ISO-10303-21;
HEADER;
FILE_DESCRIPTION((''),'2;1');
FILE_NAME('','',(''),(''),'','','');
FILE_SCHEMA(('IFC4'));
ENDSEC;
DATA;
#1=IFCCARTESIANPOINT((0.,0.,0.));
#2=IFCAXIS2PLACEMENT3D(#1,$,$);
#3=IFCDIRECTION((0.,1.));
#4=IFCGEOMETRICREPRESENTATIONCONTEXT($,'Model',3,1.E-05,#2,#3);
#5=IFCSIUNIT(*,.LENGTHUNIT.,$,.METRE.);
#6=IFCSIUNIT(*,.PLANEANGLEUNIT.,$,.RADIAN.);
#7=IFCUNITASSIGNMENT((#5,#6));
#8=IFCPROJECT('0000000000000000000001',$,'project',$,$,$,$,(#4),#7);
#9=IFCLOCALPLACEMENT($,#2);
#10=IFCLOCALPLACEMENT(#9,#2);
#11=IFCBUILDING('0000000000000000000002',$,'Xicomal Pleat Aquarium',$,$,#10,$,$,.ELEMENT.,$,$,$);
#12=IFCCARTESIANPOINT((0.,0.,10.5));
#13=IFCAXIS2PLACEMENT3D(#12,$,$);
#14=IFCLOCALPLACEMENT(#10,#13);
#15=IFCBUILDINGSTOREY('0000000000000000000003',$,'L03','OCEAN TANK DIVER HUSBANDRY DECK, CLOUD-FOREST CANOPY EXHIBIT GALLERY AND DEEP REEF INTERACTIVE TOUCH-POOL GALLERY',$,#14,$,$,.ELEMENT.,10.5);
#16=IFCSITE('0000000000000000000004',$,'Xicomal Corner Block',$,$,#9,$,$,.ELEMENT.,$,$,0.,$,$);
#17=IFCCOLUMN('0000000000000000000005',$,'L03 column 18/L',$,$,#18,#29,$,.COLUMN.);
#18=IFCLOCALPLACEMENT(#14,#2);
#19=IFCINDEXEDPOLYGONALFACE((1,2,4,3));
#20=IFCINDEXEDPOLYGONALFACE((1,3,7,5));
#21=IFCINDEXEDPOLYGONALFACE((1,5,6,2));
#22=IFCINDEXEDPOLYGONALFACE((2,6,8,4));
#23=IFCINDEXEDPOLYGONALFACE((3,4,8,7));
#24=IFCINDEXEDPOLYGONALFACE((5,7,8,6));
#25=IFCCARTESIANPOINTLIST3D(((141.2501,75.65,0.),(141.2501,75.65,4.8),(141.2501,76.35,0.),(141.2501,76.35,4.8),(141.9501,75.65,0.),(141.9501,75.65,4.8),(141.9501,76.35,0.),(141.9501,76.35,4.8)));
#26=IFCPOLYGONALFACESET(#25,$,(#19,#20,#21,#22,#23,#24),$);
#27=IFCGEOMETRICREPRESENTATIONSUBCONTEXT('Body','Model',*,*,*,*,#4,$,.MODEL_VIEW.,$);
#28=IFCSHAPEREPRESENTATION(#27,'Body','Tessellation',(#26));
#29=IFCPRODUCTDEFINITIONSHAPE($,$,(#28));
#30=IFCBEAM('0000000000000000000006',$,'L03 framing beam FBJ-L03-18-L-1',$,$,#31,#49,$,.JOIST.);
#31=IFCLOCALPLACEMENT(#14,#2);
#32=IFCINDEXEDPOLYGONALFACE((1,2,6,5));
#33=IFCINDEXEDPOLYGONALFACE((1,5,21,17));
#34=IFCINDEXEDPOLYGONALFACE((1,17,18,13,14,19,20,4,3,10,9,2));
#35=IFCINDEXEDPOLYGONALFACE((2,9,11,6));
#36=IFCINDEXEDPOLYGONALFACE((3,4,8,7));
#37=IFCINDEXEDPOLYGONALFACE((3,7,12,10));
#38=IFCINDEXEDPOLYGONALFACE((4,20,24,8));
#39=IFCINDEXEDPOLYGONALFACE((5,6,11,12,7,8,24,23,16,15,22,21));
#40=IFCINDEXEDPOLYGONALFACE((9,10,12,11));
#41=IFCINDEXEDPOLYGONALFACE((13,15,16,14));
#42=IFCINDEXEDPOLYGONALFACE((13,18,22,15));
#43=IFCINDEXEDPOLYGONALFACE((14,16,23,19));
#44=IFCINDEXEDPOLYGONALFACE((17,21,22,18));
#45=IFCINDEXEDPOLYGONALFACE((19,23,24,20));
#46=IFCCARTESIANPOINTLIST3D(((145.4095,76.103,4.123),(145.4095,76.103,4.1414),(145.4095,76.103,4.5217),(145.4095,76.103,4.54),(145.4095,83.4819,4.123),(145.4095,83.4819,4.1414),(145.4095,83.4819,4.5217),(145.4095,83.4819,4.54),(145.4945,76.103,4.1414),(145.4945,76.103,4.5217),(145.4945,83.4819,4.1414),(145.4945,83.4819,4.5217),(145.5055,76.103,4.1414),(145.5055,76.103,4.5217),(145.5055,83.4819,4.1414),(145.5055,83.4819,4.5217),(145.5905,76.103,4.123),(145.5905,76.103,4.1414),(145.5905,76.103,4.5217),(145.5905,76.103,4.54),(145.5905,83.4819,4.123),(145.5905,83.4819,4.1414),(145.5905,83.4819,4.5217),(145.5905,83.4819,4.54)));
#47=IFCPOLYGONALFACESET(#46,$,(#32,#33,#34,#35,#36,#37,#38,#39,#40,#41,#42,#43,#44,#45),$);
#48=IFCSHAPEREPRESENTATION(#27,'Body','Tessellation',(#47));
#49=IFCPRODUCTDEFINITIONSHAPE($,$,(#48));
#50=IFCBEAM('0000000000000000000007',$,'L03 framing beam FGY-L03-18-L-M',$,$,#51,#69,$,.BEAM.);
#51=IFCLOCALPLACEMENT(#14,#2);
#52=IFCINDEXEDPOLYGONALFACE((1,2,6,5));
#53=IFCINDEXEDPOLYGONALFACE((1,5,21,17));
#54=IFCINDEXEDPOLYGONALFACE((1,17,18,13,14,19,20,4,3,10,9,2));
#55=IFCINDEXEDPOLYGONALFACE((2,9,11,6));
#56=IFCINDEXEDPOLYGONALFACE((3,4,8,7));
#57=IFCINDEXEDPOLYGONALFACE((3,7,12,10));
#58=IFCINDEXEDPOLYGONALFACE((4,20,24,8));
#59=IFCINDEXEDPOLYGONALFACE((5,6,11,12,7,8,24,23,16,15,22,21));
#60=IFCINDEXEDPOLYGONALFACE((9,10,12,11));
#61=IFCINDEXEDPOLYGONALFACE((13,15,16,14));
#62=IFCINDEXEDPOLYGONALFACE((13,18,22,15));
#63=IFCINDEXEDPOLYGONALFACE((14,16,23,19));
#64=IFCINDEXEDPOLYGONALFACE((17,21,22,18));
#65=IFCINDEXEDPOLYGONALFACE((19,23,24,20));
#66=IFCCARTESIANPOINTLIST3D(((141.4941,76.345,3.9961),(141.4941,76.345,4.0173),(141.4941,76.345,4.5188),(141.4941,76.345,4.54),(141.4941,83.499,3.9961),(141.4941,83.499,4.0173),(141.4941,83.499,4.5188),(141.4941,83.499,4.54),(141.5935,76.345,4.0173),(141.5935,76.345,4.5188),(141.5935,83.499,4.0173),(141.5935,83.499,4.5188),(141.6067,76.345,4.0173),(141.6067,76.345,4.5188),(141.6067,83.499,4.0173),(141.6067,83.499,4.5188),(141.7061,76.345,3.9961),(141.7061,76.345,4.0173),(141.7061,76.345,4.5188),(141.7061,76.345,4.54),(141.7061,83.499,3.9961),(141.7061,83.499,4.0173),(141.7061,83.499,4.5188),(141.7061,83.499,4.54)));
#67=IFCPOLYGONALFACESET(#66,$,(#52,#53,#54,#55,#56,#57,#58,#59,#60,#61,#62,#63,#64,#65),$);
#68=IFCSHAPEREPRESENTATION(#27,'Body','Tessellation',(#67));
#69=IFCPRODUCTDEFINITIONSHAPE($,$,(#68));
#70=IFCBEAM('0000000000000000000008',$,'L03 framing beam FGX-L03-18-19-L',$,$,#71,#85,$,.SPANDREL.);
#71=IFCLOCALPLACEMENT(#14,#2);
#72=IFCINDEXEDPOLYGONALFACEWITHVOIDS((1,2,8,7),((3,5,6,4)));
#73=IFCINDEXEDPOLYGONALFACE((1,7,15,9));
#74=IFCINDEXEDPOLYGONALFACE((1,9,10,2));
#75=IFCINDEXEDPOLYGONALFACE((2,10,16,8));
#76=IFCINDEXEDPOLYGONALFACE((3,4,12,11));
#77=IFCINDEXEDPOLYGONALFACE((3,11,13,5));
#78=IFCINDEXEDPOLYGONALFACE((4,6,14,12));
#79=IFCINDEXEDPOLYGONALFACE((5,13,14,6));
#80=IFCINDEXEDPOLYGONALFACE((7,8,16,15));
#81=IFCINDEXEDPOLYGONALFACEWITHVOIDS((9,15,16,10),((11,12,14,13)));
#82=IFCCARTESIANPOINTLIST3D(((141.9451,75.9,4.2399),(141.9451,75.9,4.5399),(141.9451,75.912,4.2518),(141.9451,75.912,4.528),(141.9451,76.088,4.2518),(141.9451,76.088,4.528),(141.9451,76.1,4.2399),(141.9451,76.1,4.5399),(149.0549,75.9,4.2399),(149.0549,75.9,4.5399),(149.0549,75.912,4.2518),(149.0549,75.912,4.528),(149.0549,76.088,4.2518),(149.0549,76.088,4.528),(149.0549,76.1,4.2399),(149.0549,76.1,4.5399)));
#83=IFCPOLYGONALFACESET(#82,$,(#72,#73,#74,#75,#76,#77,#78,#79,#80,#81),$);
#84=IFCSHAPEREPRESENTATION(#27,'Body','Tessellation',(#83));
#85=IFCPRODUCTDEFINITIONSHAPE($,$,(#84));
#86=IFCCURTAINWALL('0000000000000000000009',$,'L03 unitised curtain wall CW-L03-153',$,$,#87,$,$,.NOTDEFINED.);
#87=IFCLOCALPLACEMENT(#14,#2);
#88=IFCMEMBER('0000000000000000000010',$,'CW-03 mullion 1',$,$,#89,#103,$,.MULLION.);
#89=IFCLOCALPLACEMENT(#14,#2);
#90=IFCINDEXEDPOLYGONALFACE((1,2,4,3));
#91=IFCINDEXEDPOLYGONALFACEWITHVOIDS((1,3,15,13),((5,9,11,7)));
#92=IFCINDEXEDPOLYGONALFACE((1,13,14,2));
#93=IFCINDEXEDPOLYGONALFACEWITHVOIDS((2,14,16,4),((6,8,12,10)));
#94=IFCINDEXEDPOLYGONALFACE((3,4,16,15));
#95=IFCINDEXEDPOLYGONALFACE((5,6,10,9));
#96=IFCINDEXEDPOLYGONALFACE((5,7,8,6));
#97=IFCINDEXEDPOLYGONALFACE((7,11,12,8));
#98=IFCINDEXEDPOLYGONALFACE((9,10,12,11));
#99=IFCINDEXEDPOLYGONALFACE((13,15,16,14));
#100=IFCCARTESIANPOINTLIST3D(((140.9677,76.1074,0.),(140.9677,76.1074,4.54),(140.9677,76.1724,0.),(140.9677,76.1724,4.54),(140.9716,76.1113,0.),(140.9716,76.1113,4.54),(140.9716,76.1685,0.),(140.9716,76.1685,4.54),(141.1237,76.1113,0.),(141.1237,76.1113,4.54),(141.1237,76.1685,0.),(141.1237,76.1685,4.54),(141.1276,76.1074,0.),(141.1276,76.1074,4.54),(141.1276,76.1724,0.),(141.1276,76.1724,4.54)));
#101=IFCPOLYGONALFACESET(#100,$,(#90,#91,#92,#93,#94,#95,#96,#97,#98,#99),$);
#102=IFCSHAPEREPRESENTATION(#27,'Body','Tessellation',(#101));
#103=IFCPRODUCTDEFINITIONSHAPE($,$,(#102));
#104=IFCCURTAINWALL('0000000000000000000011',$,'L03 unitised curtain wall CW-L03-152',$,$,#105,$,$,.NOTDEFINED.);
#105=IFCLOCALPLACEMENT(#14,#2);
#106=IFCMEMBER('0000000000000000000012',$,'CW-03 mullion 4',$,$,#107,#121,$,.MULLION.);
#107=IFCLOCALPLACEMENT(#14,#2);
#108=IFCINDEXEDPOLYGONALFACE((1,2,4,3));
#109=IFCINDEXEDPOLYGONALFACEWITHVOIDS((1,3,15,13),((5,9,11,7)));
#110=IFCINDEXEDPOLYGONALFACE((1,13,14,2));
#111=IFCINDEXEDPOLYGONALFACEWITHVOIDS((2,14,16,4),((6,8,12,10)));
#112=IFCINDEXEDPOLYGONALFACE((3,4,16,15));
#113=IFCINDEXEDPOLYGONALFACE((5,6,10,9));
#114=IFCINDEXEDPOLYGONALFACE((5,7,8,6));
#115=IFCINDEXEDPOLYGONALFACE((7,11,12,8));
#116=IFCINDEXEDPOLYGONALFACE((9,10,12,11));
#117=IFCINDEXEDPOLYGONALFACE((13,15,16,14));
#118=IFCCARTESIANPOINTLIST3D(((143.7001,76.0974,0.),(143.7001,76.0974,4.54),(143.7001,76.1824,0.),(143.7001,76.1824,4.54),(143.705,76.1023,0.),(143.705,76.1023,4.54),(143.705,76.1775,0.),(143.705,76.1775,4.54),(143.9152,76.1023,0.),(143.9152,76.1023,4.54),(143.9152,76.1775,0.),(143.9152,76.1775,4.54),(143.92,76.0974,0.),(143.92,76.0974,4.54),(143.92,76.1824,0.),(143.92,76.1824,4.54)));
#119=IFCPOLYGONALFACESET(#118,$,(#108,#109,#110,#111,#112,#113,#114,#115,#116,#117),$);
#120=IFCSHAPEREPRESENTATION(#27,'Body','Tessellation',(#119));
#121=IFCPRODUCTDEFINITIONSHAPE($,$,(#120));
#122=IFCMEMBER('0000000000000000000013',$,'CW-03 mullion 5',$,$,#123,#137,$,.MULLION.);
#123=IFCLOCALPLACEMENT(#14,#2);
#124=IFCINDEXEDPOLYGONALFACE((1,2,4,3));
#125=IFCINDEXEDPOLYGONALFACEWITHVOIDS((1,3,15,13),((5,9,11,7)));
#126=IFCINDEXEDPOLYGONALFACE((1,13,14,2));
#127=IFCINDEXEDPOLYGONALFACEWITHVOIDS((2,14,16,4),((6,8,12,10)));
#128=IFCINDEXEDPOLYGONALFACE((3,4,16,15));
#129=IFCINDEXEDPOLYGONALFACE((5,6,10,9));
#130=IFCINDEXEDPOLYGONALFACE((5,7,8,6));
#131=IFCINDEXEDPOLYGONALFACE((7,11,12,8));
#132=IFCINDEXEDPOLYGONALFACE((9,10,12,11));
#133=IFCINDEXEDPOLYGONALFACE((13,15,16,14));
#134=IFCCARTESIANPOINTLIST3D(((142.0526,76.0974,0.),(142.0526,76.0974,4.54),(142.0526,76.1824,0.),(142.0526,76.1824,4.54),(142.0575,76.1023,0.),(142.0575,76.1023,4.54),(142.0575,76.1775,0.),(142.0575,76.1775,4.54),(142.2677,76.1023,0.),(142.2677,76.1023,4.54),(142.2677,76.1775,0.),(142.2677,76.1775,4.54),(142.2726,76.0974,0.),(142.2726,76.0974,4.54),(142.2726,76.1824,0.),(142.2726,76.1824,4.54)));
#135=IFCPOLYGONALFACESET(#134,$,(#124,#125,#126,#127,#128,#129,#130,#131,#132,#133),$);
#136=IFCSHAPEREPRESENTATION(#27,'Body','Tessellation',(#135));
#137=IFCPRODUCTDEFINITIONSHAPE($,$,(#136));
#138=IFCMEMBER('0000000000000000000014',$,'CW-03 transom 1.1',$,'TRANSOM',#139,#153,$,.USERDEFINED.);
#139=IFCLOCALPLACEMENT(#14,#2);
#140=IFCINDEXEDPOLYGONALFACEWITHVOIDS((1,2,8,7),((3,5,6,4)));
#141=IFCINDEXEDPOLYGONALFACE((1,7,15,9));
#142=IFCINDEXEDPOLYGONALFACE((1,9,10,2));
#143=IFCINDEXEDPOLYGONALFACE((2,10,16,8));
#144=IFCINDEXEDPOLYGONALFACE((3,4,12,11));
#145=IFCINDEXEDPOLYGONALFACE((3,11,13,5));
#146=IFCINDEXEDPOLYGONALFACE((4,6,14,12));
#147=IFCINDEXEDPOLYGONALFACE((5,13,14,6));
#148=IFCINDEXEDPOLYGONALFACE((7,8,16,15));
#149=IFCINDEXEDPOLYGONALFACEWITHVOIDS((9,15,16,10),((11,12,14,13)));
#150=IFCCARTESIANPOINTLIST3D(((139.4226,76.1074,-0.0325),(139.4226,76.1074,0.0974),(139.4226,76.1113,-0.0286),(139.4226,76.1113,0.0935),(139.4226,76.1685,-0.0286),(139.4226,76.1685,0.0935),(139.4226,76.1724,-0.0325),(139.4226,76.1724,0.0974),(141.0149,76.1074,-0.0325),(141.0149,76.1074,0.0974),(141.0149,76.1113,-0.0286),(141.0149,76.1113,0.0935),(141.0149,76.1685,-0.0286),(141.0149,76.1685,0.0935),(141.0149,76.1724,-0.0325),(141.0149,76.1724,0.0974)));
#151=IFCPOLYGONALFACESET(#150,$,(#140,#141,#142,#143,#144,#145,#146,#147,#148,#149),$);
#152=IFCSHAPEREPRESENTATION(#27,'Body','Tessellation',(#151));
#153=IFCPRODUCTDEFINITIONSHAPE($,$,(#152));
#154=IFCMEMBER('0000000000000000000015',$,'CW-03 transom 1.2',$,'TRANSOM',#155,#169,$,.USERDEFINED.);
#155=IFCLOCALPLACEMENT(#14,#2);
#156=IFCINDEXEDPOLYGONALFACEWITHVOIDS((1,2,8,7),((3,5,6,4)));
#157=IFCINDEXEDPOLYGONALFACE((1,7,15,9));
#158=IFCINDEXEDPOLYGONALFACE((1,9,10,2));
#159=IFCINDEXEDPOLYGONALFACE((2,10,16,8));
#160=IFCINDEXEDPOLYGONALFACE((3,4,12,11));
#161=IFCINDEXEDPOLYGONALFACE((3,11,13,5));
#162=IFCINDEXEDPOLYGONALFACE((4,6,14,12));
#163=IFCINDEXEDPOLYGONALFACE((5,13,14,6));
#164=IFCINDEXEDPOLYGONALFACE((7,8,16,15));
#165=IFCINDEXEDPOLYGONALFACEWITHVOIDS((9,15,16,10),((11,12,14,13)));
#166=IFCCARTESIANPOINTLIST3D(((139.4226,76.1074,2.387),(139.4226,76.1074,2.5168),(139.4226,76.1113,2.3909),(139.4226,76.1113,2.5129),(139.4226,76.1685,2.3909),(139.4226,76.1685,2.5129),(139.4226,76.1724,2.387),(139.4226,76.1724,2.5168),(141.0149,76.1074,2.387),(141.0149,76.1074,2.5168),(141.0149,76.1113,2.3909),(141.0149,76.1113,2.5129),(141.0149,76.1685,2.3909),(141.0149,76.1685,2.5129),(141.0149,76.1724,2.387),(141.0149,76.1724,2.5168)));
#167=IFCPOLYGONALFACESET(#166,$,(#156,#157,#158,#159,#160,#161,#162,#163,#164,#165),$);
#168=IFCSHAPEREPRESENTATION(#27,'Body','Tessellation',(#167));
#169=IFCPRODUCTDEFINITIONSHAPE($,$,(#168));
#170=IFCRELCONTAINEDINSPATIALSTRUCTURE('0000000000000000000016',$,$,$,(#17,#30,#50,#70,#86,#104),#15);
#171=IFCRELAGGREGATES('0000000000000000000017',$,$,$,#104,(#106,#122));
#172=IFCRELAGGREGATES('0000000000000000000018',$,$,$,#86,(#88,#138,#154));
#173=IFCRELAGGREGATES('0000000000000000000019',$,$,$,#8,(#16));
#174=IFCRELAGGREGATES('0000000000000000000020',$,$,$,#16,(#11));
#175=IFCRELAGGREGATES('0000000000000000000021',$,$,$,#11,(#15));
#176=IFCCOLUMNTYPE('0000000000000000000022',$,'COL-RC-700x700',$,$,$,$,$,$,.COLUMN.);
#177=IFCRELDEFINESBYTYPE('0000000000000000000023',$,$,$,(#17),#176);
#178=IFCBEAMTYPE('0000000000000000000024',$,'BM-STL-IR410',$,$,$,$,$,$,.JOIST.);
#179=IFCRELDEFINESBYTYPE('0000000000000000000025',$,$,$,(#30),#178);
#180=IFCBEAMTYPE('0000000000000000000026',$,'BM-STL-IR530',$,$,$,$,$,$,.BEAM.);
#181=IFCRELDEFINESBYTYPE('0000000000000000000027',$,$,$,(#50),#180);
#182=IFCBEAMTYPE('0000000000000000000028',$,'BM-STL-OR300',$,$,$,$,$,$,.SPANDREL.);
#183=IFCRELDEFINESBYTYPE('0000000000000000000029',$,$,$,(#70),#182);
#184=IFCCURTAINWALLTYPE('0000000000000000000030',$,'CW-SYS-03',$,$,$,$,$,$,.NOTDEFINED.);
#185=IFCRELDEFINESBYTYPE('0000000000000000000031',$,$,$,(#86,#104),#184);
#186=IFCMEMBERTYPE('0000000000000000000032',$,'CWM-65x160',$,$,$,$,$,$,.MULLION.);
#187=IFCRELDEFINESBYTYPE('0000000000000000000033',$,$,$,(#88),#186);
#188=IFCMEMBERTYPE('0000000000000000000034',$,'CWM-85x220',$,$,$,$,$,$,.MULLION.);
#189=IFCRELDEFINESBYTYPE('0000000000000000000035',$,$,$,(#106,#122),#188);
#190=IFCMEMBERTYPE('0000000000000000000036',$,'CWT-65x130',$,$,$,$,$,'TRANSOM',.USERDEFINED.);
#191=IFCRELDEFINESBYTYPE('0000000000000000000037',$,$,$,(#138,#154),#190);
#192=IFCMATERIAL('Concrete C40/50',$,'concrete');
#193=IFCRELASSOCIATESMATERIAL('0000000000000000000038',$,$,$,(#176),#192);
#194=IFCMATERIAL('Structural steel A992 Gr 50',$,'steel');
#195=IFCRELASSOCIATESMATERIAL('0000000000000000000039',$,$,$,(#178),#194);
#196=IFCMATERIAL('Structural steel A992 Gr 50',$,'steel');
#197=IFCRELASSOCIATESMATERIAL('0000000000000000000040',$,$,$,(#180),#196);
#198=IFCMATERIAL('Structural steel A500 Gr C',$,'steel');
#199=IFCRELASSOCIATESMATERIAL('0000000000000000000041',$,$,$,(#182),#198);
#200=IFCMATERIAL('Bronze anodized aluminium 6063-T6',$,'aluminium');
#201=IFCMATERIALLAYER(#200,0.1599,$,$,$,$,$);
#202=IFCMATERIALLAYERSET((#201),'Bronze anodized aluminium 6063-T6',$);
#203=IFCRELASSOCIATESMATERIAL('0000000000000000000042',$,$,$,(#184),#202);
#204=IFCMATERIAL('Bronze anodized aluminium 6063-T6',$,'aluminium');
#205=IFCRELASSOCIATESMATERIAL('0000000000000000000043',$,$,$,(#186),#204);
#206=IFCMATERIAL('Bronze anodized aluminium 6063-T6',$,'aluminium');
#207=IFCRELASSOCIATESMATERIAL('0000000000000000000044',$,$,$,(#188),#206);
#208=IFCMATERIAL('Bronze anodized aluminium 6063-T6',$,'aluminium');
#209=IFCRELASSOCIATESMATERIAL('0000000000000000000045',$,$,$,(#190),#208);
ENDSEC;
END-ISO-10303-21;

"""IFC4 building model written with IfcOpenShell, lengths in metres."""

from ifc_helpers import new_model, si_unit, direction, frame, origin, origin_2d, place, context, subcontext, project, spatial, rectangle, hollow_rectangle, i_section, extrude, material, layer, layer_set, material_profile, profile_set, type_object, element, aggregate, save


model = new_model("IFC4")

# Units and contexts
model_context = context("Model", 3, precision=1e-05, world=origin(), true_north=direction((0.0, 1.0)))
body_context = subcontext(model_context, "Body", "Model", "MODEL_VIEW")
ifc_project = project(units=[si_unit("LENGTHUNIT", "METRE"), si_unit("PLANEANGLEUNIT", "RADIAN")], contexts=[model_context])

# Site, building, storey
site_placement = place(None, origin())
site = spatial("IfcSite", under=ifc_project, at=site_placement, Name="Xicomal Corner Block", CompositionType="ELEMENT", RefElevation=0.0)
building_placement = place(site_placement, origin())
building = spatial("IfcBuilding", under=site, at=building_placement, Name="Xicomal Pleat Aquarium", CompositionType="ELEMENT")
storey_placement = place(building_placement, frame((0.0, 0.0, 10.5)))
storey = spatial("IfcBuildingStorey", under=building, at=storey_placement, Name="L03", Description="OCEAN TANK DIVER HUSBANDRY DECK, CLOUD-FOREST CANOPY EXHIBIT GALLERY AND DEEP REEF INTERACTIVE TOUCH-POOL GALLERY", CompositionType="ELEMENT", Elevation=10.5)

# Column
ifc_material_1 = material(Name="Concrete C40/50", Category="concrete")
ifc_material_profile_1 = material_profile(ifc_material_1, rectangle(XDim=0.7, YDim=0.7, at=origin_2d()), Name="RC 700x700")
ifc_profile_set_1 = profile_set([ifc_material_profile_1], Name="Concrete C40/50")
column_type = type_object("IfcColumnType", Name="COL-RC-700x700", PredefinedType="COLUMN", material=ifc_profile_set_1)
column_placement = place(storey_placement, frame((141.6001, 76.0, 0.0), z_axis=(0.0, 0.0, 1.0), x_axis=(1.0, 0.0, 0.0)))
element("IfcColumn", 1, at=column_placement, inside=storey, type_object=column_type, Name="L03 column 18/L", PredefinedType="COLUMN", context=body_context, shape_type="SweptSolid", body=[
    extrude(rectangle(XDim=0.7, YDim=0.7, at=origin_2d()), origin(), (0.0, 0.0, 1.0), 4.8),
])

# Beams
ifc_material_2 = material(Name="Structural steel A992 Gr 50", Category="steel")
ifc_material_profile_2 = material_profile(ifc_material_2, i_section(OverallWidth=0.1809, OverallDepth=0.417, WebThickness=0.011, FlangeThickness=0.0183, at=origin_2d()), Name="IR 410x85")
ifc_profile_set_2 = profile_set([ifc_material_profile_2], Name="Structural steel A992 Gr 50")
beam_type_1 = type_object("IfcBeamType", Name="BM-STL-IR410", PredefinedType="JOIST", material=ifc_profile_set_2)
beam_1_placement = place(storey_placement, frame((145.5, 76.103, 4.3315), z_axis=(0.0, 1.0, 0.0), x_axis=(-1.0, 0.0, 0.0)))
element("IfcBeam", 2, at=beam_1_placement, inside=storey, type_object=beam_type_1, Name="L03 framing beam FBJ-L03-18-L-1", PredefinedType="JOIST", context=body_context, shape_type="SweptSolid", body=[
    extrude(i_section(OverallWidth=0.1809, OverallDepth=0.417, WebThickness=0.011, FlangeThickness=0.0183, at=origin_2d()), origin(), (0.0, 0.0, 1.0), 7.3789),
])
ifc_material_3 = material(Name="Structural steel A992 Gr 50", Category="steel")
ifc_material_profile_3 = material_profile(ifc_material_3, i_section(OverallWidth=0.2119, OverallDepth=0.5439, WebThickness=0.0132, FlangeThickness=0.0212, at=origin_2d()), Name="IR 530x123")
ifc_profile_set_3 = profile_set([ifc_material_profile_3], Name="Structural steel A992 Gr 50")
beam_type_2 = type_object("IfcBeamType", Name="BM-STL-IR530", PredefinedType="BEAM", material=ifc_profile_set_3)
beam_2_placement = place(storey_placement, frame((141.6001, 76.345, 4.2681), z_axis=(0.0, 1.0, 0.0), x_axis=(-1.0, 0.0, 0.0)))
element("IfcBeam", 3, at=beam_2_placement, inside=storey, type_object=beam_type_2, Name="L03 framing beam FGY-L03-18-L-M", PredefinedType="BEAM", context=body_context, shape_type="SweptSolid", body=[
    extrude(i_section(OverallWidth=0.2119, OverallDepth=0.5439, WebThickness=0.0132, FlangeThickness=0.0212, at=origin_2d()), origin(), (0.0, 0.0, 1.0), 7.1541),
])
ifc_material_4 = material(Name="Structural steel A500 Gr C", Category="steel")
ifc_material_profile_4 = material_profile(ifc_material_4, hollow_rectangle(XDim=0.2, YDim=0.3, WallThickness=0.012, at=origin_2d()), Name="OR 300x200x12")
ifc_profile_set_4 = profile_set([ifc_material_profile_4], Name="Structural steel A500 Gr C")
beam_type_3 = type_object("IfcBeamType", Name="BM-STL-OR300", PredefinedType="SPANDREL", material=ifc_profile_set_4)
beam_3_placement = place(storey_placement, frame((141.9451, 76.0, 4.3899), z_axis=(1.0, 0.0, 0.0), x_axis=(0.0, 1.0, 0.0)))
element("IfcBeam", 4, at=beam_3_placement, inside=storey, type_object=beam_type_3, Name="L03 framing beam FGX-L03-18-19-L", PredefinedType="SPANDREL", context=body_context, shape_type="SweptSolid", body=[
    extrude(hollow_rectangle(XDim=0.2, YDim=0.3, WallThickness=0.012, at=origin_2d()), origin(), (0.0, 0.0, 1.0), 7.1099),
])

# Curtain wall, member
ifc_material_5 = material(Name="Bronze anodized aluminium 6063-T6", Category="aluminium")
ifc_layer_1 = layer(ifc_material_5, 0.1599)
ifc_layer_set_1 = layer_set([ifc_layer_1], Name="Bronze anodized aluminium 6063-T6")
curtain_wall_type = type_object("IfcCurtainWallType", Name="CW-SYS-03", PredefinedType="NOTDEFINED", material=ifc_layer_set_1)
curtain_wall_1_placement = place(storey_placement, origin())
curtain_wall_1 = element("IfcCurtainWall", 5, at=curtain_wall_1_placement, inside=storey, type_object=curtain_wall_type, Name="L03 unitised curtain wall CW-L03-153", PredefinedType="NOTDEFINED")
ifc_material_6 = material(Name="Bronze anodized aluminium 6063-T6", Category="aluminium")
ifc_material_profile_5 = material_profile(ifc_material_6, hollow_rectangle(XDim=0.0649, YDim=0.1599, WallThickness=0.0039, at=origin_2d()), Name="ALU MULL 65x160")
ifc_profile_set_5 = profile_set([ifc_material_profile_5], Name="Bronze anodized aluminium 6063-T6")
member_type_1 = type_object("IfcMemberType", Name="CWM-65x160", PredefinedType="MULLION", material=ifc_profile_set_5)
member_1_placement = place(storey_placement, frame((141.0476, 76.1399, 0.0), z_axis=(0.0, 0.0, 1.0), x_axis=(0.0, -1.0, 0.0)))
member_1 = element("IfcMember", 6, at=member_1_placement, type_object=member_type_1, Name="CW-03 mullion 1", PredefinedType="MULLION", context=body_context, shape_type="SweptSolid", body=[
    extrude(hollow_rectangle(XDim=0.0649, YDim=0.1599, WallThickness=0.0039, at=origin_2d()), origin(), (0.0, 0.0, 1.0), 4.54),
])

# Curtain wall, members
curtain_wall_2_placement = place(storey_placement, origin())
curtain_wall_2 = element("IfcCurtainWall", 7, at=curtain_wall_2_placement, inside=storey, type_object=curtain_wall_type, Name="L03 unitised curtain wall CW-L03-152", PredefinedType="NOTDEFINED")
ifc_material_7 = material(Name="Bronze anodized aluminium 6063-T6", Category="aluminium")
ifc_material_profile_6 = material_profile(ifc_material_7, hollow_rectangle(XDim=0.085, YDim=0.22, WallThickness=0.0049, at=origin_2d()), Name="ALU MULL 85x220")
ifc_profile_set_6 = profile_set([ifc_material_profile_6], Name="Bronze anodized aluminium 6063-T6")
member_type_2 = type_object("IfcMemberType", Name="CWM-85x220", PredefinedType="MULLION", material=ifc_profile_set_6)
member_2_placement = place(storey_placement, frame((143.8101, 76.1399, 0.0), z_axis=(0.0, 0.0, 1.0), x_axis=(0.0, -1.0, 0.0)))
member_2 = element("IfcMember", 8, at=member_2_placement, type_object=member_type_2, Name="CW-03 mullion 4", PredefinedType="MULLION", context=body_context, shape_type="SweptSolid", body=[
    extrude(hollow_rectangle(XDim=0.085, YDim=0.22, WallThickness=0.0049, at=origin_2d()), origin(), (0.0, 0.0, 1.0), 4.54),
])
member_3_placement = place(storey_placement, frame((142.1626, 76.1399, 0.0), z_axis=(0.0, 0.0, 1.0), x_axis=(0.0, -1.0, 0.0)))
member_3 = element("IfcMember", 9, at=member_3_placement, type_object=member_type_2, Name="CW-03 mullion 5", PredefinedType="MULLION", context=body_context, shape_type="SweptSolid", body=[
    extrude(hollow_rectangle(XDim=0.085, YDim=0.22, WallThickness=0.0049, at=origin_2d()), origin(), (0.0, 0.0, 1.0), 4.54),
])

# Members
ifc_material_8 = material(Name="Bronze anodized aluminium 6063-T6", Category="aluminium")
ifc_material_profile_7 = material_profile(ifc_material_8, hollow_rectangle(XDim=0.0649, YDim=0.1299, WallThickness=0.0039, at=origin_2d()), Name="ALU TRAN 65x130")
ifc_profile_set_7 = profile_set([ifc_material_profile_7], Name="Bronze anodized aluminium 6063-T6")
member_type_3 = type_object("IfcMemberType", Name="CWT-65x130", ElementType="TRANSOM", PredefinedType="USERDEFINED", material=ifc_profile_set_7)
member_4_placement = place(storey_placement, frame((141.0149, 76.1399, 0.0325), z_axis=(-1.0, 0.0, 0.0), x_axis=(0.0, -1.0, 0.0)))
member_4 = element("IfcMember", 10, at=member_4_placement, type_object=member_type_3, Name="CW-03 transom 1.1", ObjectType="TRANSOM", PredefinedType="USERDEFINED", context=body_context, shape_type="SweptSolid", body=[
    extrude(hollow_rectangle(XDim=0.0649, YDim=0.1299, WallThickness=0.0039, at=origin_2d()), origin(), (0.0, 0.0, 1.0), 1.5923),
])
member_5_placement = place(storey_placement, frame((141.0149, 76.1399, 2.4519), z_axis=(-1.0, 0.0, 0.0), x_axis=(0.0, -1.0, 0.0)))
member_5 = element("IfcMember", 11, at=member_5_placement, type_object=member_type_3, Name="CW-03 transom 1.2", ObjectType="TRANSOM", PredefinedType="USERDEFINED", context=body_context, shape_type="SweptSolid", body=[
    extrude(hollow_rectangle(XDim=0.0649, YDim=0.1299, WallThickness=0.0039, at=origin_2d()), origin(), (0.0, 0.0, 1.0), 1.5923),
])

aggregate(curtain_wall_2, [member_2, member_3])
aggregate(curtain_wall_1, [member_1, member_4, member_5])

save(model, "model.ifc")
